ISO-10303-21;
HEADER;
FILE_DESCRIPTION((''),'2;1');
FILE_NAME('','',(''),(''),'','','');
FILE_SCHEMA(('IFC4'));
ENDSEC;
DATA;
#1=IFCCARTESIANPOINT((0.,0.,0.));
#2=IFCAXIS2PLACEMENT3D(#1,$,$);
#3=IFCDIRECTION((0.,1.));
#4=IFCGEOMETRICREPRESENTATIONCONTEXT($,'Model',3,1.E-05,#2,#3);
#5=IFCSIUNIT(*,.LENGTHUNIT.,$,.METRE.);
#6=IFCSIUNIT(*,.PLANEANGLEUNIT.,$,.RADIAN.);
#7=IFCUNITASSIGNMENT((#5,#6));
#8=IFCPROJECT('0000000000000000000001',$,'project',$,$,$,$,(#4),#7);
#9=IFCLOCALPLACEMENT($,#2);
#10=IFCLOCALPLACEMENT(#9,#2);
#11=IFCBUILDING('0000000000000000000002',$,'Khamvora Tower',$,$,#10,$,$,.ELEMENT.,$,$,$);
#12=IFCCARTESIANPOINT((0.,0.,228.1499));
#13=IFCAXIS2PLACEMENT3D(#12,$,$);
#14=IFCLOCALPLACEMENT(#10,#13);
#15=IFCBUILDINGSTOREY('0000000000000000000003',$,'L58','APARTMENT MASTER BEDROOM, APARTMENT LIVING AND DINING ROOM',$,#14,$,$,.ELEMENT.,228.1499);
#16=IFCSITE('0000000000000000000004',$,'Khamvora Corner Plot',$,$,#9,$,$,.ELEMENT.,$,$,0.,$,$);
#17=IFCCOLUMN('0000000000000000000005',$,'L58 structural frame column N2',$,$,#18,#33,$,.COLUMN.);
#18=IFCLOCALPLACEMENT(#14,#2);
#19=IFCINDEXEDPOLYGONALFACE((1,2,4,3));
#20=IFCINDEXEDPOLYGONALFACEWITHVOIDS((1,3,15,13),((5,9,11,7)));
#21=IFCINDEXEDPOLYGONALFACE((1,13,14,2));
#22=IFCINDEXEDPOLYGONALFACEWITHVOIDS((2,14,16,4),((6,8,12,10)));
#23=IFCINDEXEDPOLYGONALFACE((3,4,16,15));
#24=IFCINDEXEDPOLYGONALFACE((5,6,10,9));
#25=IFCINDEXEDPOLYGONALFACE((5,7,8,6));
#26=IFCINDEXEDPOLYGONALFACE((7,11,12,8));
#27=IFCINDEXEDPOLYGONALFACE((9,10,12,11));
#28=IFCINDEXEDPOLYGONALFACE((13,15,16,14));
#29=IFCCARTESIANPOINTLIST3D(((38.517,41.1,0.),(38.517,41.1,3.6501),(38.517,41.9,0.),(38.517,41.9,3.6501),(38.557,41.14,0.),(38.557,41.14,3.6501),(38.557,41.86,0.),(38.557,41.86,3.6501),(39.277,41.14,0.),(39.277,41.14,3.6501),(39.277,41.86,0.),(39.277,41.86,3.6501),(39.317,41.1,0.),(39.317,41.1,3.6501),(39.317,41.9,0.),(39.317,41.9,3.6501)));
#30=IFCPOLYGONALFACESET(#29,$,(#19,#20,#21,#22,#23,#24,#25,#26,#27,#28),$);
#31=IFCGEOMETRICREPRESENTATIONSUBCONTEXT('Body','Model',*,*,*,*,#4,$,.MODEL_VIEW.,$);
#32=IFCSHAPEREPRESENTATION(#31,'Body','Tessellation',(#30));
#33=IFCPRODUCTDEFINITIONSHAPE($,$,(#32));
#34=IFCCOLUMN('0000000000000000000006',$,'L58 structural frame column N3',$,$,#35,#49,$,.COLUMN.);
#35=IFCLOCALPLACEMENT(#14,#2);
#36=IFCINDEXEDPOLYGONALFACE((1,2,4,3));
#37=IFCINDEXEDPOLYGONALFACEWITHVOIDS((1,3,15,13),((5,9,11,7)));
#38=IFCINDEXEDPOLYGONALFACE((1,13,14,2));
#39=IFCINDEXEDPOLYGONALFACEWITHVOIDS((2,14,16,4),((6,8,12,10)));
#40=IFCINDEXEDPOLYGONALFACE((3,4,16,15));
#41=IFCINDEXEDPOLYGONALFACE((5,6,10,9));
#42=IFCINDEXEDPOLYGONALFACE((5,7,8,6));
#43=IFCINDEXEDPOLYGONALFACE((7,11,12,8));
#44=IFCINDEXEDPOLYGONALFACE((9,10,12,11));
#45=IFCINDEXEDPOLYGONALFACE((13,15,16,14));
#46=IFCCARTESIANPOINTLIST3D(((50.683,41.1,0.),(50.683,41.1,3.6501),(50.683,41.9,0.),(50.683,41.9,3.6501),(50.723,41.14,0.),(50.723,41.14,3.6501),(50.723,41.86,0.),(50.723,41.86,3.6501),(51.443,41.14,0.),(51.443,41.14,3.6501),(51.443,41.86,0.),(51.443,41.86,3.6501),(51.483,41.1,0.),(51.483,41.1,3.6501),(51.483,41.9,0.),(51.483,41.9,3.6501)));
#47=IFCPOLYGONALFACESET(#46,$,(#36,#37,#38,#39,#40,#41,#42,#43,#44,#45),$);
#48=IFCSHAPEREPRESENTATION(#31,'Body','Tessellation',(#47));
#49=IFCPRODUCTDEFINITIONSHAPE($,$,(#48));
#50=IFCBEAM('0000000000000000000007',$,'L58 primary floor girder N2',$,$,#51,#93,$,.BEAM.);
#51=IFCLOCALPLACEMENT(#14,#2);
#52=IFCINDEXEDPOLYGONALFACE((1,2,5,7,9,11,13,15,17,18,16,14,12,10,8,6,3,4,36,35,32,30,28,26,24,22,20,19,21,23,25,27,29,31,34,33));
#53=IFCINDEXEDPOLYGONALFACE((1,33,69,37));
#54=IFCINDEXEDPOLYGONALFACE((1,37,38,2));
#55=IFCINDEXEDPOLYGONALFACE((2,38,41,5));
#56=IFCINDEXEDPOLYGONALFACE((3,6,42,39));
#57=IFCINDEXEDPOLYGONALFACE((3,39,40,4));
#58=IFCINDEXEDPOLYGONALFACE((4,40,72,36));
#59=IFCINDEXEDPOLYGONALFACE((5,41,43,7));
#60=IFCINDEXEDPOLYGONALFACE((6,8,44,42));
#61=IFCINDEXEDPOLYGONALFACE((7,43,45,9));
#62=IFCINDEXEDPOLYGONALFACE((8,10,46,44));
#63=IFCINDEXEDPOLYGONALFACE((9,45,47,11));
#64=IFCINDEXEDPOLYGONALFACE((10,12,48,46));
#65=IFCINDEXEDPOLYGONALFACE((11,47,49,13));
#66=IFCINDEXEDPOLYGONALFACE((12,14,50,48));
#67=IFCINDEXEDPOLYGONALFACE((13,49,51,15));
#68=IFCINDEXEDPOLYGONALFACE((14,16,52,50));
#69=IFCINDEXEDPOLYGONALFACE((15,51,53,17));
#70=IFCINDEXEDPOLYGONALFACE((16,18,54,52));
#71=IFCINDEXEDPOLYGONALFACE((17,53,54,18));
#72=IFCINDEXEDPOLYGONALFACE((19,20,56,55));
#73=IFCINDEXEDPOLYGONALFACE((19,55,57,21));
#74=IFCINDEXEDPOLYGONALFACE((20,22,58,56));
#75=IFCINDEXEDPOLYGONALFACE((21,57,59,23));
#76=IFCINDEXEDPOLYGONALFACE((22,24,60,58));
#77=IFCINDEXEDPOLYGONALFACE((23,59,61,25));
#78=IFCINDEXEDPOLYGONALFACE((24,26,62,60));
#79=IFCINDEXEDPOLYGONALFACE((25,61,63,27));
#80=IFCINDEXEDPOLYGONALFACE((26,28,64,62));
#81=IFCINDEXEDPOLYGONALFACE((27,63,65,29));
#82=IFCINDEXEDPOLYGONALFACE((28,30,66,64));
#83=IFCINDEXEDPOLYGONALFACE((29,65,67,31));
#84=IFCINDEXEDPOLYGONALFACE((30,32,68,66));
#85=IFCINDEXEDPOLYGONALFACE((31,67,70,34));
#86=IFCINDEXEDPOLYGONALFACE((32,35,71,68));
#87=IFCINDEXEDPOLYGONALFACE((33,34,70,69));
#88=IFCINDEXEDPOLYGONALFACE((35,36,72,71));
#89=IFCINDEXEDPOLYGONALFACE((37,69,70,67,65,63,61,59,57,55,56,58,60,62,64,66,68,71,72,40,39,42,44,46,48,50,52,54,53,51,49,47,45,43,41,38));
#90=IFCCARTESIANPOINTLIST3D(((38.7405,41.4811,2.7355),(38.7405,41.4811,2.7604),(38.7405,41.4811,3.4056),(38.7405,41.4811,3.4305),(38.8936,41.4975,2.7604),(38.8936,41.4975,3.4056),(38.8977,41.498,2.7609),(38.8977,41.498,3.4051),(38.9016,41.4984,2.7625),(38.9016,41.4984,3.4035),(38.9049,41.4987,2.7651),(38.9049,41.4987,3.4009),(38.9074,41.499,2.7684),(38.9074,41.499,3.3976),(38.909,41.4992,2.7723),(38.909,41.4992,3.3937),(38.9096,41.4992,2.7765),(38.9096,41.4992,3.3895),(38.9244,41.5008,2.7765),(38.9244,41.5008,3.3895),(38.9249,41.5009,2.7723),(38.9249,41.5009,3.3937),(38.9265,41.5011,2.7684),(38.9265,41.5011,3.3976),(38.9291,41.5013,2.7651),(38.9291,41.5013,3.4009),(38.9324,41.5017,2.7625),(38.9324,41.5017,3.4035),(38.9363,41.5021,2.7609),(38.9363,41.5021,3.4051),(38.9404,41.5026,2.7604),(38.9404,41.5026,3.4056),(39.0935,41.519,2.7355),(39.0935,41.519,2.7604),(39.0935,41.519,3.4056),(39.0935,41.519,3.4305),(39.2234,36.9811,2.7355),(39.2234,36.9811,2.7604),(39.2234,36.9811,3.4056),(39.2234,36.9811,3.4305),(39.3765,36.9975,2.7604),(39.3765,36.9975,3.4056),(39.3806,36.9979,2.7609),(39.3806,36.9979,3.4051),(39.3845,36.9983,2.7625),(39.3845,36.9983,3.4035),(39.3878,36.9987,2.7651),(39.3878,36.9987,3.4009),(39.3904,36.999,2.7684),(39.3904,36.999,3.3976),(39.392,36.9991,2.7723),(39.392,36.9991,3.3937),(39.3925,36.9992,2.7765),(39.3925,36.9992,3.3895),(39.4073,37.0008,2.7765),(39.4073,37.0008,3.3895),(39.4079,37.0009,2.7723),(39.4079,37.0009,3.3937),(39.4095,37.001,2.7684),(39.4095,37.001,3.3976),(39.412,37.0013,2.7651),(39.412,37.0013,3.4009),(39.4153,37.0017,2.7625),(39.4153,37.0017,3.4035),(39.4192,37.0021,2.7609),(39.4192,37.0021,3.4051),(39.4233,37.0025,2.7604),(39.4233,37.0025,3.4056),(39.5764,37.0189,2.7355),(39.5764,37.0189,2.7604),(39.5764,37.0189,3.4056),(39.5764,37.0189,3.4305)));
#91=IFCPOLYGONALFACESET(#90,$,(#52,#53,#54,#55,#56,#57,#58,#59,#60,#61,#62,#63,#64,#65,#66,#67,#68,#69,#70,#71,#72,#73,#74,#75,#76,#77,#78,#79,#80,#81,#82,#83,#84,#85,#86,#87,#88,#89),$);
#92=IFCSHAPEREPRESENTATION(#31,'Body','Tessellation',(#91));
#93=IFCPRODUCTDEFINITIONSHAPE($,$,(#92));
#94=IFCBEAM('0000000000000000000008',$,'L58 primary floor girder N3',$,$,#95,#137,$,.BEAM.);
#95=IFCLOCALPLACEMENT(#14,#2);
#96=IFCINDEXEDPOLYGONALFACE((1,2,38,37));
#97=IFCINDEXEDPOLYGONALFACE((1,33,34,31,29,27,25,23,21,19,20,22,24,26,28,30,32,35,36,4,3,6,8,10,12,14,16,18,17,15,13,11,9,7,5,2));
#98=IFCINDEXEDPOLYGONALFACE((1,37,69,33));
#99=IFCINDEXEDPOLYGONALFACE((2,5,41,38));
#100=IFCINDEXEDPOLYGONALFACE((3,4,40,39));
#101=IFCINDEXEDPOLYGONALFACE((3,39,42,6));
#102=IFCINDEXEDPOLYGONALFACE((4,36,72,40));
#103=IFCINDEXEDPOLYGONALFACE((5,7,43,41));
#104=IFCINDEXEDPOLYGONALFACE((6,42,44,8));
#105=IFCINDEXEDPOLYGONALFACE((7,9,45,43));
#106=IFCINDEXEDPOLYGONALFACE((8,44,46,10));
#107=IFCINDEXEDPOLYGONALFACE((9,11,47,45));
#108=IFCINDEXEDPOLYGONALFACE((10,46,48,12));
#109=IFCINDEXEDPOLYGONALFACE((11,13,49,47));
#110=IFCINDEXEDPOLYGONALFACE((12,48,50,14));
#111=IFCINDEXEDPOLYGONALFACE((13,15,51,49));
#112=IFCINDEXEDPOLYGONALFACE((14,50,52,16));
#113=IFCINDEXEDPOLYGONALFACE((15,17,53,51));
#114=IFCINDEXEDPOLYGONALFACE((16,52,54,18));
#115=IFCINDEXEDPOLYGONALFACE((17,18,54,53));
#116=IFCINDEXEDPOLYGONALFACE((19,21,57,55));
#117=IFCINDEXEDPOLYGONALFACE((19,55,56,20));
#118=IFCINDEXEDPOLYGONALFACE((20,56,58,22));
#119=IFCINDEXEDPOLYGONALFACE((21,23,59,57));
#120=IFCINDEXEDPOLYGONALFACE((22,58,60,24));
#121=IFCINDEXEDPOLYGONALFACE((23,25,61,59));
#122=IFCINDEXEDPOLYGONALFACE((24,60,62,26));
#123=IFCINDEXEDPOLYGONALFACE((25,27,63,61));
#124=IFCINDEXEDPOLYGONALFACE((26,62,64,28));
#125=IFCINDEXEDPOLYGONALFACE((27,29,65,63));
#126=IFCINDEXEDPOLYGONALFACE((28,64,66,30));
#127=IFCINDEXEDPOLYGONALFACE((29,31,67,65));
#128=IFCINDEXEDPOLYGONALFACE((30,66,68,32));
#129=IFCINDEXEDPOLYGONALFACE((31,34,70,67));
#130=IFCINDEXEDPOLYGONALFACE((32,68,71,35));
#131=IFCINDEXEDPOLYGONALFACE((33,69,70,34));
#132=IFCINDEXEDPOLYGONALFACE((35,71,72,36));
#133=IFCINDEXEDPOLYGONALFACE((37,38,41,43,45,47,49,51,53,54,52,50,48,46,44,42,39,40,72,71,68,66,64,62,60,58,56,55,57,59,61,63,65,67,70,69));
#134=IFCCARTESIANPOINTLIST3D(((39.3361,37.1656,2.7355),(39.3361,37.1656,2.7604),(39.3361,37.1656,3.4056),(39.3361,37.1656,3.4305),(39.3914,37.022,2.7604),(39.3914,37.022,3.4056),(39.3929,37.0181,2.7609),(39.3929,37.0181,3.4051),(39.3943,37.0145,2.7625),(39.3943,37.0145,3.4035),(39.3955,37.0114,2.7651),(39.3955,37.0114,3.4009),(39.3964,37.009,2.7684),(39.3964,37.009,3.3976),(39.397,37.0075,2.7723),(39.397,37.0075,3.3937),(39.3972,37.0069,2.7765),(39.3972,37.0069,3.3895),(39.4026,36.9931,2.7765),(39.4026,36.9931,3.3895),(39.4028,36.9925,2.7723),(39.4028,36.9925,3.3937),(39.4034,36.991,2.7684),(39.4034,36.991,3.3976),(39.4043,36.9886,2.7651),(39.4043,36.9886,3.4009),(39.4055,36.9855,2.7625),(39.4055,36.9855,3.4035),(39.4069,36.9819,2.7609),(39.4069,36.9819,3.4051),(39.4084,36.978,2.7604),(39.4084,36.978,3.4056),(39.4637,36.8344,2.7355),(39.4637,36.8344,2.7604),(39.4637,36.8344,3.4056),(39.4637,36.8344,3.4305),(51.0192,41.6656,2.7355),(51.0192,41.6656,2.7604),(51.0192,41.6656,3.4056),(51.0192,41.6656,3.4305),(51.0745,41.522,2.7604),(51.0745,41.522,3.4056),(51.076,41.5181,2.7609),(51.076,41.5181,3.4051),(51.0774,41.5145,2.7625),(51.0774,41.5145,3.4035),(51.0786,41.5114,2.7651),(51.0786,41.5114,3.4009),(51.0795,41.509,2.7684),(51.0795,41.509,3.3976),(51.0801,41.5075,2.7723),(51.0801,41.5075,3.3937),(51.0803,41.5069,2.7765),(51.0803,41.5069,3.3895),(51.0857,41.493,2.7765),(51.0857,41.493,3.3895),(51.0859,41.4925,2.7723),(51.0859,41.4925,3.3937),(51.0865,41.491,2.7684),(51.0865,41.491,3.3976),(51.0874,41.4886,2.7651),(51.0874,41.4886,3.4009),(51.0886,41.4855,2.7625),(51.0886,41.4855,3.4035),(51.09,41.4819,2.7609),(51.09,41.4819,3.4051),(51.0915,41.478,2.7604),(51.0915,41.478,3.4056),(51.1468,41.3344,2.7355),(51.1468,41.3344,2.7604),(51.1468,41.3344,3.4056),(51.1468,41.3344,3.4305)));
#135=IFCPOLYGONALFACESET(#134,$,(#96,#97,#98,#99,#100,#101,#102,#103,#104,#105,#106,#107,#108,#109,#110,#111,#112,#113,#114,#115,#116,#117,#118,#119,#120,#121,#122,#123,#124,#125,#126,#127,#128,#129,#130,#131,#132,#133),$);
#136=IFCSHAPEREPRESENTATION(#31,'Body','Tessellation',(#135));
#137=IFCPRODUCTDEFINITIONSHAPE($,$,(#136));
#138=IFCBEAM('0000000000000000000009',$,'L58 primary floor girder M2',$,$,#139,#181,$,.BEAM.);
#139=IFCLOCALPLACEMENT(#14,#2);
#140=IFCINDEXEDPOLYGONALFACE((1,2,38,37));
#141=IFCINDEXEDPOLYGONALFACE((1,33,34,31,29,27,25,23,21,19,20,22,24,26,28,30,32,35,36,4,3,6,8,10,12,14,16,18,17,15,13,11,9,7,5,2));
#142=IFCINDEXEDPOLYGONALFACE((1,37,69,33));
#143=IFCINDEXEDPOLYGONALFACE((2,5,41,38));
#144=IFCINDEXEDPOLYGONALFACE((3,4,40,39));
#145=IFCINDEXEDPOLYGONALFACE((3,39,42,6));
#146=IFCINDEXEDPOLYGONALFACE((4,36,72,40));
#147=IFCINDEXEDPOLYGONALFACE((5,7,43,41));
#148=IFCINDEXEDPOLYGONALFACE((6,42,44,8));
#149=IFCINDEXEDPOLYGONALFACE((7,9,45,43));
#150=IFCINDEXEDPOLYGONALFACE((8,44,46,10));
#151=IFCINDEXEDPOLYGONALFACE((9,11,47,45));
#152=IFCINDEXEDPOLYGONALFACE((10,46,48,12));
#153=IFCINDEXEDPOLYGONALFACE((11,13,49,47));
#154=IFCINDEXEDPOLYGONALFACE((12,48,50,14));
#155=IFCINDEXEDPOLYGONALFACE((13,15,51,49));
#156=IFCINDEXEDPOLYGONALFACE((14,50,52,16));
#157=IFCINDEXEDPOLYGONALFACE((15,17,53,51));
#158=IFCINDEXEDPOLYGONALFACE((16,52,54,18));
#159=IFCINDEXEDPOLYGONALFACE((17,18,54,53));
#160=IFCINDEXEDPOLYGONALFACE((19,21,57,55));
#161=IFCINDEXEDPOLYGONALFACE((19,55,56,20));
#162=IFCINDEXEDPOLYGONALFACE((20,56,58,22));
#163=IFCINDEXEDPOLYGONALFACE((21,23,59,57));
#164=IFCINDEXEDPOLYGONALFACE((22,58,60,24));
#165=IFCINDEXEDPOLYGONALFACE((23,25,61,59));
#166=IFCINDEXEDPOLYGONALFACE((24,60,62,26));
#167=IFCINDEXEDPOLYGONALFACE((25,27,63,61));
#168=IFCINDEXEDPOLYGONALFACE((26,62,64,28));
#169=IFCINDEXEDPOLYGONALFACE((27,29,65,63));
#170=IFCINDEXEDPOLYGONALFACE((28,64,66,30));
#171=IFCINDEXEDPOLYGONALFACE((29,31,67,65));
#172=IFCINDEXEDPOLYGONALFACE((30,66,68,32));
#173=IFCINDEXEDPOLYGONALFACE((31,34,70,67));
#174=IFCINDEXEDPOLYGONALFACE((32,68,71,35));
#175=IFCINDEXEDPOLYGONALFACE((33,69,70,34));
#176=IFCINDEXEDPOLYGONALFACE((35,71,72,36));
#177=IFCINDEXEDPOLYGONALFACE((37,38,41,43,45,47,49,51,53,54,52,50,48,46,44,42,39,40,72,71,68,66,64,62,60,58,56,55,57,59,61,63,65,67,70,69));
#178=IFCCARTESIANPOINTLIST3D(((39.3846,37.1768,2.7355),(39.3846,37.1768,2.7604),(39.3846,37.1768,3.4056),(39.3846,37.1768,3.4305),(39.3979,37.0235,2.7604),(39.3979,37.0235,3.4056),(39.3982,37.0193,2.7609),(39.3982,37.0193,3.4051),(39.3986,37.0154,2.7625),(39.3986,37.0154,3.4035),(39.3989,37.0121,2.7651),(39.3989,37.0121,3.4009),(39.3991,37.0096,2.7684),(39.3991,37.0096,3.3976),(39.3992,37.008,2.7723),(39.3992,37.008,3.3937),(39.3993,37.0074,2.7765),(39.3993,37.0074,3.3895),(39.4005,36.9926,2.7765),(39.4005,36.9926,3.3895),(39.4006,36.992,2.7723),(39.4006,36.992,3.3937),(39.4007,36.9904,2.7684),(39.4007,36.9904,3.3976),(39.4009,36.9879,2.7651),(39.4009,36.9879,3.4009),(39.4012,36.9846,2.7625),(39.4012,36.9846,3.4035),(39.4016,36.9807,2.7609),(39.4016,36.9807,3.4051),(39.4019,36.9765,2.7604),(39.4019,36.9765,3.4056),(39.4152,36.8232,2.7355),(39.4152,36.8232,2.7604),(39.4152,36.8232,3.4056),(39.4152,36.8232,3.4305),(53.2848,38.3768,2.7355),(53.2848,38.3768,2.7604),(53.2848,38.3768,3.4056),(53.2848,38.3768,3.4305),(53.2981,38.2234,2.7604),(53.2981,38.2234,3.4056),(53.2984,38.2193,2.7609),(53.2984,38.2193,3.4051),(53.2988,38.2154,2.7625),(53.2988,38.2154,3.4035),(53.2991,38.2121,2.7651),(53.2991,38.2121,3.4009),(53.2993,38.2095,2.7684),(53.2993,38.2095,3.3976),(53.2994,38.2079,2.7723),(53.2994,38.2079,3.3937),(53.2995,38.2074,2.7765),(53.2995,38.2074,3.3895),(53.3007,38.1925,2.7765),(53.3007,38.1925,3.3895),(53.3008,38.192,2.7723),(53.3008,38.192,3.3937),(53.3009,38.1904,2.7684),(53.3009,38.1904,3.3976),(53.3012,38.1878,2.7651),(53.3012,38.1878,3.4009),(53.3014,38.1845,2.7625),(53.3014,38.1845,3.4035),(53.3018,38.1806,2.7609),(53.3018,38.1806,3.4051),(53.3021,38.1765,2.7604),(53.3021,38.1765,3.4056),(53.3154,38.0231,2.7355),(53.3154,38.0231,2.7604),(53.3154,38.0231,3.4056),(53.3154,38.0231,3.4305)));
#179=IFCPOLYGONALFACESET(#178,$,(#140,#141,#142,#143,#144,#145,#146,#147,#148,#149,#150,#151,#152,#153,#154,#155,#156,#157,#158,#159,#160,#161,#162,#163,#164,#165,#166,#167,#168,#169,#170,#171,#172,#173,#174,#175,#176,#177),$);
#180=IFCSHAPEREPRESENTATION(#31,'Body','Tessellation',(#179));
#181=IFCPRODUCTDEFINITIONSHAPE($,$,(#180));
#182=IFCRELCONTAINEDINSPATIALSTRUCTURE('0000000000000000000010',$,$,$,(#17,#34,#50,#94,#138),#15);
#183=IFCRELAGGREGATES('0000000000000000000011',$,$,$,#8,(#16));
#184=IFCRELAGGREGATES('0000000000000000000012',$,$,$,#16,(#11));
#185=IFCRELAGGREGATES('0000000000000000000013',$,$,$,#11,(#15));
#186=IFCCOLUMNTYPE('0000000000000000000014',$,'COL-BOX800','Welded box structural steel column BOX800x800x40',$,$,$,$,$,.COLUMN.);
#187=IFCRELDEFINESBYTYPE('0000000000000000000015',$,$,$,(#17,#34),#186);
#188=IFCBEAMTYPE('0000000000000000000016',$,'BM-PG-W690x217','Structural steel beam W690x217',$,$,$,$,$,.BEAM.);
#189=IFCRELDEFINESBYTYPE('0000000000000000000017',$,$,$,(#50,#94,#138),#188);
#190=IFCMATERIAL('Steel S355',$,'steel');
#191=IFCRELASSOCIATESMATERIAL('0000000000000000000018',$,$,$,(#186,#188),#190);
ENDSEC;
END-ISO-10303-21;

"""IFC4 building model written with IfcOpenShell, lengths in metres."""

from ifc_helpers import new_model, si_unit, direction, frame, origin, origin_2d, place, context, subcontext, project, spatial, hollow_rectangle, i_section, extrude, material, material_profile, profile_set, type_object, element, save


model = new_model("IFC4")

# Units and contexts
model_context = context("Model", 3, precision=1e-05, world=origin(), true_north=direction((0.0, 1.0)))
body_context = subcontext(model_context, "Body", "Model", "MODEL_VIEW")
ifc_project = project(units=[si_unit("LENGTHUNIT", "METRE"), si_unit("PLANEANGLEUNIT", "RADIAN")], contexts=[model_context])

# Site, building, storey
site_placement = place(None, origin())
site = spatial("IfcSite", under=ifc_project, at=site_placement, Name="Khamvora Corner Plot", CompositionType="ELEMENT", RefElevation=0.0)
building_placement = place(site_placement, origin())
building = spatial("IfcBuilding", under=site, at=building_placement, Name="Khamvora Tower", CompositionType="ELEMENT")
storey_placement = place(building_placement, frame((0.0, 0.0, 228.1499)))
storey = spatial("IfcBuildingStorey", under=building, at=storey_placement, Name="L58", Description="APARTMENT MASTER BEDROOM, APARTMENT LIVING AND DINING ROOM", CompositionType="ELEMENT", Elevation=228.1499)

# Columns
ifc_material_1 = material(Name="Steel S355", Category="steel")
ifc_material_profile_1 = material_profile(ifc_material_1, hollow_rectangle(XDim=0.8, YDim=0.8, WallThickness=0.04, at=origin_2d()), Name="BOX800x800x40")
ifc_profile_set_1 = profile_set([ifc_material_profile_1], Name="Steel S355")
column_type = type_object("IfcColumnType", Name="COL-BOX800", Description="Welded box structural steel column BOX800x800x40", PredefinedType="COLUMN", material=ifc_profile_set_1)
for number, where, z_axis, x_axis, name in (
    (1, (38.917, 41.5, 0.0), (0.0, 0.0, 1.0), (1.0, 0.0, 0.0), "L58 structural frame column N2"),
    (2, (51.083, 41.5, 0.0), (0.0, 0.0, 1.0), (1.0, 0.0, 0.0), "L58 structural frame column N3"),
):
    element("IfcColumn", number, at=place(storey_placement, frame(where, z_axis=z_axis, x_axis=x_axis)), inside=storey, type_object=column_type, Name=name, PredefinedType="COLUMN", context=body_context, shape_type="SweptSolid", body=[
        extrude(hollow_rectangle(XDim=0.8, YDim=0.8, WallThickness=0.04, at=origin_2d()), origin(), (0.0, 0.0, 1.0), 3.6501),
    ])

# Beams
ifc_material_profile_2 = material_profile(ifc_material_1, i_section(OverallWidth=0.355, OverallDepth=0.6951, WebThickness=0.0149, FlangeThickness=0.0249, FilletRadius=0.0161, at=origin_2d()), Name="W690x217")
ifc_profile_set_2 = profile_set([ifc_material_profile_2], Name="Steel S355")
beam_type_1 = type_object("IfcBeamType", Name="BM-PG-W690x217", Description="Structural steel beam W690x217", PredefinedType="BEAM", material=ifc_profile_set_2)
beam_1_placement = place(storey_placement, frame((39.3999, 37.0, 3.083), z_axis=(-0.106701, 0.994291, 0.0), x_axis=(-0.994291, -0.106701, 0.0)))
element("IfcBeam", 3, at=beam_1_placement, inside=storey, type_object=beam_type_1, Name="L58 primary floor girder N2", PredefinedType="BEAM", context=body_context, shape_type="SweptSolid", body=[
    extrude(i_section(OverallWidth=0.355, OverallDepth=0.6951, WebThickness=0.0149, FlangeThickness=0.0249, FilletRadius=0.0161, at=origin_2d()), origin(), (0.0, 0.0, 1.0), 4.5259),
])
beam_2_placement = place(storey_placement, frame((39.3999, 37.0, 3.083), z_axis=(0.933172, 0.359431, 0.0), x_axis=(-0.359431, 0.933172, 0.0)))
element("IfcBeam", 4, at=beam_2_placement, inside=storey, type_object=beam_type_1, Name="L58 primary floor girder N3", PredefinedType="BEAM", context=body_context, shape_type="SweptSolid", body=[
    extrude(i_section(OverallWidth=0.355, OverallDepth=0.6951, WebThickness=0.0149, FlangeThickness=0.0249, FilletRadius=0.0161, at=origin_2d()), origin(), (0.0, 0.0, 1.0), 12.5198),
])
beam_3_placement = place(storey_placement, frame((39.3999, 37.0, 3.083), z_axis=(0.996295, 0.086007, 0.0), x_axis=(-0.086007, 0.996295, 0.0)))
element("IfcBeam", 5, at=beam_3_placement, inside=storey, type_object=beam_type_1, Name="L58 primary floor girder M2", PredefinedType="BEAM", context=body_context, shape_type="SweptSolid", body=[
    extrude(i_section(OverallWidth=0.355, OverallDepth=0.6951, WebThickness=0.0149, FlangeThickness=0.0249, FilletRadius=0.0161, at=origin_2d()), origin(), (0.0, 0.0, 1.0), 13.9519),
])

save(model, "model.ifc")
